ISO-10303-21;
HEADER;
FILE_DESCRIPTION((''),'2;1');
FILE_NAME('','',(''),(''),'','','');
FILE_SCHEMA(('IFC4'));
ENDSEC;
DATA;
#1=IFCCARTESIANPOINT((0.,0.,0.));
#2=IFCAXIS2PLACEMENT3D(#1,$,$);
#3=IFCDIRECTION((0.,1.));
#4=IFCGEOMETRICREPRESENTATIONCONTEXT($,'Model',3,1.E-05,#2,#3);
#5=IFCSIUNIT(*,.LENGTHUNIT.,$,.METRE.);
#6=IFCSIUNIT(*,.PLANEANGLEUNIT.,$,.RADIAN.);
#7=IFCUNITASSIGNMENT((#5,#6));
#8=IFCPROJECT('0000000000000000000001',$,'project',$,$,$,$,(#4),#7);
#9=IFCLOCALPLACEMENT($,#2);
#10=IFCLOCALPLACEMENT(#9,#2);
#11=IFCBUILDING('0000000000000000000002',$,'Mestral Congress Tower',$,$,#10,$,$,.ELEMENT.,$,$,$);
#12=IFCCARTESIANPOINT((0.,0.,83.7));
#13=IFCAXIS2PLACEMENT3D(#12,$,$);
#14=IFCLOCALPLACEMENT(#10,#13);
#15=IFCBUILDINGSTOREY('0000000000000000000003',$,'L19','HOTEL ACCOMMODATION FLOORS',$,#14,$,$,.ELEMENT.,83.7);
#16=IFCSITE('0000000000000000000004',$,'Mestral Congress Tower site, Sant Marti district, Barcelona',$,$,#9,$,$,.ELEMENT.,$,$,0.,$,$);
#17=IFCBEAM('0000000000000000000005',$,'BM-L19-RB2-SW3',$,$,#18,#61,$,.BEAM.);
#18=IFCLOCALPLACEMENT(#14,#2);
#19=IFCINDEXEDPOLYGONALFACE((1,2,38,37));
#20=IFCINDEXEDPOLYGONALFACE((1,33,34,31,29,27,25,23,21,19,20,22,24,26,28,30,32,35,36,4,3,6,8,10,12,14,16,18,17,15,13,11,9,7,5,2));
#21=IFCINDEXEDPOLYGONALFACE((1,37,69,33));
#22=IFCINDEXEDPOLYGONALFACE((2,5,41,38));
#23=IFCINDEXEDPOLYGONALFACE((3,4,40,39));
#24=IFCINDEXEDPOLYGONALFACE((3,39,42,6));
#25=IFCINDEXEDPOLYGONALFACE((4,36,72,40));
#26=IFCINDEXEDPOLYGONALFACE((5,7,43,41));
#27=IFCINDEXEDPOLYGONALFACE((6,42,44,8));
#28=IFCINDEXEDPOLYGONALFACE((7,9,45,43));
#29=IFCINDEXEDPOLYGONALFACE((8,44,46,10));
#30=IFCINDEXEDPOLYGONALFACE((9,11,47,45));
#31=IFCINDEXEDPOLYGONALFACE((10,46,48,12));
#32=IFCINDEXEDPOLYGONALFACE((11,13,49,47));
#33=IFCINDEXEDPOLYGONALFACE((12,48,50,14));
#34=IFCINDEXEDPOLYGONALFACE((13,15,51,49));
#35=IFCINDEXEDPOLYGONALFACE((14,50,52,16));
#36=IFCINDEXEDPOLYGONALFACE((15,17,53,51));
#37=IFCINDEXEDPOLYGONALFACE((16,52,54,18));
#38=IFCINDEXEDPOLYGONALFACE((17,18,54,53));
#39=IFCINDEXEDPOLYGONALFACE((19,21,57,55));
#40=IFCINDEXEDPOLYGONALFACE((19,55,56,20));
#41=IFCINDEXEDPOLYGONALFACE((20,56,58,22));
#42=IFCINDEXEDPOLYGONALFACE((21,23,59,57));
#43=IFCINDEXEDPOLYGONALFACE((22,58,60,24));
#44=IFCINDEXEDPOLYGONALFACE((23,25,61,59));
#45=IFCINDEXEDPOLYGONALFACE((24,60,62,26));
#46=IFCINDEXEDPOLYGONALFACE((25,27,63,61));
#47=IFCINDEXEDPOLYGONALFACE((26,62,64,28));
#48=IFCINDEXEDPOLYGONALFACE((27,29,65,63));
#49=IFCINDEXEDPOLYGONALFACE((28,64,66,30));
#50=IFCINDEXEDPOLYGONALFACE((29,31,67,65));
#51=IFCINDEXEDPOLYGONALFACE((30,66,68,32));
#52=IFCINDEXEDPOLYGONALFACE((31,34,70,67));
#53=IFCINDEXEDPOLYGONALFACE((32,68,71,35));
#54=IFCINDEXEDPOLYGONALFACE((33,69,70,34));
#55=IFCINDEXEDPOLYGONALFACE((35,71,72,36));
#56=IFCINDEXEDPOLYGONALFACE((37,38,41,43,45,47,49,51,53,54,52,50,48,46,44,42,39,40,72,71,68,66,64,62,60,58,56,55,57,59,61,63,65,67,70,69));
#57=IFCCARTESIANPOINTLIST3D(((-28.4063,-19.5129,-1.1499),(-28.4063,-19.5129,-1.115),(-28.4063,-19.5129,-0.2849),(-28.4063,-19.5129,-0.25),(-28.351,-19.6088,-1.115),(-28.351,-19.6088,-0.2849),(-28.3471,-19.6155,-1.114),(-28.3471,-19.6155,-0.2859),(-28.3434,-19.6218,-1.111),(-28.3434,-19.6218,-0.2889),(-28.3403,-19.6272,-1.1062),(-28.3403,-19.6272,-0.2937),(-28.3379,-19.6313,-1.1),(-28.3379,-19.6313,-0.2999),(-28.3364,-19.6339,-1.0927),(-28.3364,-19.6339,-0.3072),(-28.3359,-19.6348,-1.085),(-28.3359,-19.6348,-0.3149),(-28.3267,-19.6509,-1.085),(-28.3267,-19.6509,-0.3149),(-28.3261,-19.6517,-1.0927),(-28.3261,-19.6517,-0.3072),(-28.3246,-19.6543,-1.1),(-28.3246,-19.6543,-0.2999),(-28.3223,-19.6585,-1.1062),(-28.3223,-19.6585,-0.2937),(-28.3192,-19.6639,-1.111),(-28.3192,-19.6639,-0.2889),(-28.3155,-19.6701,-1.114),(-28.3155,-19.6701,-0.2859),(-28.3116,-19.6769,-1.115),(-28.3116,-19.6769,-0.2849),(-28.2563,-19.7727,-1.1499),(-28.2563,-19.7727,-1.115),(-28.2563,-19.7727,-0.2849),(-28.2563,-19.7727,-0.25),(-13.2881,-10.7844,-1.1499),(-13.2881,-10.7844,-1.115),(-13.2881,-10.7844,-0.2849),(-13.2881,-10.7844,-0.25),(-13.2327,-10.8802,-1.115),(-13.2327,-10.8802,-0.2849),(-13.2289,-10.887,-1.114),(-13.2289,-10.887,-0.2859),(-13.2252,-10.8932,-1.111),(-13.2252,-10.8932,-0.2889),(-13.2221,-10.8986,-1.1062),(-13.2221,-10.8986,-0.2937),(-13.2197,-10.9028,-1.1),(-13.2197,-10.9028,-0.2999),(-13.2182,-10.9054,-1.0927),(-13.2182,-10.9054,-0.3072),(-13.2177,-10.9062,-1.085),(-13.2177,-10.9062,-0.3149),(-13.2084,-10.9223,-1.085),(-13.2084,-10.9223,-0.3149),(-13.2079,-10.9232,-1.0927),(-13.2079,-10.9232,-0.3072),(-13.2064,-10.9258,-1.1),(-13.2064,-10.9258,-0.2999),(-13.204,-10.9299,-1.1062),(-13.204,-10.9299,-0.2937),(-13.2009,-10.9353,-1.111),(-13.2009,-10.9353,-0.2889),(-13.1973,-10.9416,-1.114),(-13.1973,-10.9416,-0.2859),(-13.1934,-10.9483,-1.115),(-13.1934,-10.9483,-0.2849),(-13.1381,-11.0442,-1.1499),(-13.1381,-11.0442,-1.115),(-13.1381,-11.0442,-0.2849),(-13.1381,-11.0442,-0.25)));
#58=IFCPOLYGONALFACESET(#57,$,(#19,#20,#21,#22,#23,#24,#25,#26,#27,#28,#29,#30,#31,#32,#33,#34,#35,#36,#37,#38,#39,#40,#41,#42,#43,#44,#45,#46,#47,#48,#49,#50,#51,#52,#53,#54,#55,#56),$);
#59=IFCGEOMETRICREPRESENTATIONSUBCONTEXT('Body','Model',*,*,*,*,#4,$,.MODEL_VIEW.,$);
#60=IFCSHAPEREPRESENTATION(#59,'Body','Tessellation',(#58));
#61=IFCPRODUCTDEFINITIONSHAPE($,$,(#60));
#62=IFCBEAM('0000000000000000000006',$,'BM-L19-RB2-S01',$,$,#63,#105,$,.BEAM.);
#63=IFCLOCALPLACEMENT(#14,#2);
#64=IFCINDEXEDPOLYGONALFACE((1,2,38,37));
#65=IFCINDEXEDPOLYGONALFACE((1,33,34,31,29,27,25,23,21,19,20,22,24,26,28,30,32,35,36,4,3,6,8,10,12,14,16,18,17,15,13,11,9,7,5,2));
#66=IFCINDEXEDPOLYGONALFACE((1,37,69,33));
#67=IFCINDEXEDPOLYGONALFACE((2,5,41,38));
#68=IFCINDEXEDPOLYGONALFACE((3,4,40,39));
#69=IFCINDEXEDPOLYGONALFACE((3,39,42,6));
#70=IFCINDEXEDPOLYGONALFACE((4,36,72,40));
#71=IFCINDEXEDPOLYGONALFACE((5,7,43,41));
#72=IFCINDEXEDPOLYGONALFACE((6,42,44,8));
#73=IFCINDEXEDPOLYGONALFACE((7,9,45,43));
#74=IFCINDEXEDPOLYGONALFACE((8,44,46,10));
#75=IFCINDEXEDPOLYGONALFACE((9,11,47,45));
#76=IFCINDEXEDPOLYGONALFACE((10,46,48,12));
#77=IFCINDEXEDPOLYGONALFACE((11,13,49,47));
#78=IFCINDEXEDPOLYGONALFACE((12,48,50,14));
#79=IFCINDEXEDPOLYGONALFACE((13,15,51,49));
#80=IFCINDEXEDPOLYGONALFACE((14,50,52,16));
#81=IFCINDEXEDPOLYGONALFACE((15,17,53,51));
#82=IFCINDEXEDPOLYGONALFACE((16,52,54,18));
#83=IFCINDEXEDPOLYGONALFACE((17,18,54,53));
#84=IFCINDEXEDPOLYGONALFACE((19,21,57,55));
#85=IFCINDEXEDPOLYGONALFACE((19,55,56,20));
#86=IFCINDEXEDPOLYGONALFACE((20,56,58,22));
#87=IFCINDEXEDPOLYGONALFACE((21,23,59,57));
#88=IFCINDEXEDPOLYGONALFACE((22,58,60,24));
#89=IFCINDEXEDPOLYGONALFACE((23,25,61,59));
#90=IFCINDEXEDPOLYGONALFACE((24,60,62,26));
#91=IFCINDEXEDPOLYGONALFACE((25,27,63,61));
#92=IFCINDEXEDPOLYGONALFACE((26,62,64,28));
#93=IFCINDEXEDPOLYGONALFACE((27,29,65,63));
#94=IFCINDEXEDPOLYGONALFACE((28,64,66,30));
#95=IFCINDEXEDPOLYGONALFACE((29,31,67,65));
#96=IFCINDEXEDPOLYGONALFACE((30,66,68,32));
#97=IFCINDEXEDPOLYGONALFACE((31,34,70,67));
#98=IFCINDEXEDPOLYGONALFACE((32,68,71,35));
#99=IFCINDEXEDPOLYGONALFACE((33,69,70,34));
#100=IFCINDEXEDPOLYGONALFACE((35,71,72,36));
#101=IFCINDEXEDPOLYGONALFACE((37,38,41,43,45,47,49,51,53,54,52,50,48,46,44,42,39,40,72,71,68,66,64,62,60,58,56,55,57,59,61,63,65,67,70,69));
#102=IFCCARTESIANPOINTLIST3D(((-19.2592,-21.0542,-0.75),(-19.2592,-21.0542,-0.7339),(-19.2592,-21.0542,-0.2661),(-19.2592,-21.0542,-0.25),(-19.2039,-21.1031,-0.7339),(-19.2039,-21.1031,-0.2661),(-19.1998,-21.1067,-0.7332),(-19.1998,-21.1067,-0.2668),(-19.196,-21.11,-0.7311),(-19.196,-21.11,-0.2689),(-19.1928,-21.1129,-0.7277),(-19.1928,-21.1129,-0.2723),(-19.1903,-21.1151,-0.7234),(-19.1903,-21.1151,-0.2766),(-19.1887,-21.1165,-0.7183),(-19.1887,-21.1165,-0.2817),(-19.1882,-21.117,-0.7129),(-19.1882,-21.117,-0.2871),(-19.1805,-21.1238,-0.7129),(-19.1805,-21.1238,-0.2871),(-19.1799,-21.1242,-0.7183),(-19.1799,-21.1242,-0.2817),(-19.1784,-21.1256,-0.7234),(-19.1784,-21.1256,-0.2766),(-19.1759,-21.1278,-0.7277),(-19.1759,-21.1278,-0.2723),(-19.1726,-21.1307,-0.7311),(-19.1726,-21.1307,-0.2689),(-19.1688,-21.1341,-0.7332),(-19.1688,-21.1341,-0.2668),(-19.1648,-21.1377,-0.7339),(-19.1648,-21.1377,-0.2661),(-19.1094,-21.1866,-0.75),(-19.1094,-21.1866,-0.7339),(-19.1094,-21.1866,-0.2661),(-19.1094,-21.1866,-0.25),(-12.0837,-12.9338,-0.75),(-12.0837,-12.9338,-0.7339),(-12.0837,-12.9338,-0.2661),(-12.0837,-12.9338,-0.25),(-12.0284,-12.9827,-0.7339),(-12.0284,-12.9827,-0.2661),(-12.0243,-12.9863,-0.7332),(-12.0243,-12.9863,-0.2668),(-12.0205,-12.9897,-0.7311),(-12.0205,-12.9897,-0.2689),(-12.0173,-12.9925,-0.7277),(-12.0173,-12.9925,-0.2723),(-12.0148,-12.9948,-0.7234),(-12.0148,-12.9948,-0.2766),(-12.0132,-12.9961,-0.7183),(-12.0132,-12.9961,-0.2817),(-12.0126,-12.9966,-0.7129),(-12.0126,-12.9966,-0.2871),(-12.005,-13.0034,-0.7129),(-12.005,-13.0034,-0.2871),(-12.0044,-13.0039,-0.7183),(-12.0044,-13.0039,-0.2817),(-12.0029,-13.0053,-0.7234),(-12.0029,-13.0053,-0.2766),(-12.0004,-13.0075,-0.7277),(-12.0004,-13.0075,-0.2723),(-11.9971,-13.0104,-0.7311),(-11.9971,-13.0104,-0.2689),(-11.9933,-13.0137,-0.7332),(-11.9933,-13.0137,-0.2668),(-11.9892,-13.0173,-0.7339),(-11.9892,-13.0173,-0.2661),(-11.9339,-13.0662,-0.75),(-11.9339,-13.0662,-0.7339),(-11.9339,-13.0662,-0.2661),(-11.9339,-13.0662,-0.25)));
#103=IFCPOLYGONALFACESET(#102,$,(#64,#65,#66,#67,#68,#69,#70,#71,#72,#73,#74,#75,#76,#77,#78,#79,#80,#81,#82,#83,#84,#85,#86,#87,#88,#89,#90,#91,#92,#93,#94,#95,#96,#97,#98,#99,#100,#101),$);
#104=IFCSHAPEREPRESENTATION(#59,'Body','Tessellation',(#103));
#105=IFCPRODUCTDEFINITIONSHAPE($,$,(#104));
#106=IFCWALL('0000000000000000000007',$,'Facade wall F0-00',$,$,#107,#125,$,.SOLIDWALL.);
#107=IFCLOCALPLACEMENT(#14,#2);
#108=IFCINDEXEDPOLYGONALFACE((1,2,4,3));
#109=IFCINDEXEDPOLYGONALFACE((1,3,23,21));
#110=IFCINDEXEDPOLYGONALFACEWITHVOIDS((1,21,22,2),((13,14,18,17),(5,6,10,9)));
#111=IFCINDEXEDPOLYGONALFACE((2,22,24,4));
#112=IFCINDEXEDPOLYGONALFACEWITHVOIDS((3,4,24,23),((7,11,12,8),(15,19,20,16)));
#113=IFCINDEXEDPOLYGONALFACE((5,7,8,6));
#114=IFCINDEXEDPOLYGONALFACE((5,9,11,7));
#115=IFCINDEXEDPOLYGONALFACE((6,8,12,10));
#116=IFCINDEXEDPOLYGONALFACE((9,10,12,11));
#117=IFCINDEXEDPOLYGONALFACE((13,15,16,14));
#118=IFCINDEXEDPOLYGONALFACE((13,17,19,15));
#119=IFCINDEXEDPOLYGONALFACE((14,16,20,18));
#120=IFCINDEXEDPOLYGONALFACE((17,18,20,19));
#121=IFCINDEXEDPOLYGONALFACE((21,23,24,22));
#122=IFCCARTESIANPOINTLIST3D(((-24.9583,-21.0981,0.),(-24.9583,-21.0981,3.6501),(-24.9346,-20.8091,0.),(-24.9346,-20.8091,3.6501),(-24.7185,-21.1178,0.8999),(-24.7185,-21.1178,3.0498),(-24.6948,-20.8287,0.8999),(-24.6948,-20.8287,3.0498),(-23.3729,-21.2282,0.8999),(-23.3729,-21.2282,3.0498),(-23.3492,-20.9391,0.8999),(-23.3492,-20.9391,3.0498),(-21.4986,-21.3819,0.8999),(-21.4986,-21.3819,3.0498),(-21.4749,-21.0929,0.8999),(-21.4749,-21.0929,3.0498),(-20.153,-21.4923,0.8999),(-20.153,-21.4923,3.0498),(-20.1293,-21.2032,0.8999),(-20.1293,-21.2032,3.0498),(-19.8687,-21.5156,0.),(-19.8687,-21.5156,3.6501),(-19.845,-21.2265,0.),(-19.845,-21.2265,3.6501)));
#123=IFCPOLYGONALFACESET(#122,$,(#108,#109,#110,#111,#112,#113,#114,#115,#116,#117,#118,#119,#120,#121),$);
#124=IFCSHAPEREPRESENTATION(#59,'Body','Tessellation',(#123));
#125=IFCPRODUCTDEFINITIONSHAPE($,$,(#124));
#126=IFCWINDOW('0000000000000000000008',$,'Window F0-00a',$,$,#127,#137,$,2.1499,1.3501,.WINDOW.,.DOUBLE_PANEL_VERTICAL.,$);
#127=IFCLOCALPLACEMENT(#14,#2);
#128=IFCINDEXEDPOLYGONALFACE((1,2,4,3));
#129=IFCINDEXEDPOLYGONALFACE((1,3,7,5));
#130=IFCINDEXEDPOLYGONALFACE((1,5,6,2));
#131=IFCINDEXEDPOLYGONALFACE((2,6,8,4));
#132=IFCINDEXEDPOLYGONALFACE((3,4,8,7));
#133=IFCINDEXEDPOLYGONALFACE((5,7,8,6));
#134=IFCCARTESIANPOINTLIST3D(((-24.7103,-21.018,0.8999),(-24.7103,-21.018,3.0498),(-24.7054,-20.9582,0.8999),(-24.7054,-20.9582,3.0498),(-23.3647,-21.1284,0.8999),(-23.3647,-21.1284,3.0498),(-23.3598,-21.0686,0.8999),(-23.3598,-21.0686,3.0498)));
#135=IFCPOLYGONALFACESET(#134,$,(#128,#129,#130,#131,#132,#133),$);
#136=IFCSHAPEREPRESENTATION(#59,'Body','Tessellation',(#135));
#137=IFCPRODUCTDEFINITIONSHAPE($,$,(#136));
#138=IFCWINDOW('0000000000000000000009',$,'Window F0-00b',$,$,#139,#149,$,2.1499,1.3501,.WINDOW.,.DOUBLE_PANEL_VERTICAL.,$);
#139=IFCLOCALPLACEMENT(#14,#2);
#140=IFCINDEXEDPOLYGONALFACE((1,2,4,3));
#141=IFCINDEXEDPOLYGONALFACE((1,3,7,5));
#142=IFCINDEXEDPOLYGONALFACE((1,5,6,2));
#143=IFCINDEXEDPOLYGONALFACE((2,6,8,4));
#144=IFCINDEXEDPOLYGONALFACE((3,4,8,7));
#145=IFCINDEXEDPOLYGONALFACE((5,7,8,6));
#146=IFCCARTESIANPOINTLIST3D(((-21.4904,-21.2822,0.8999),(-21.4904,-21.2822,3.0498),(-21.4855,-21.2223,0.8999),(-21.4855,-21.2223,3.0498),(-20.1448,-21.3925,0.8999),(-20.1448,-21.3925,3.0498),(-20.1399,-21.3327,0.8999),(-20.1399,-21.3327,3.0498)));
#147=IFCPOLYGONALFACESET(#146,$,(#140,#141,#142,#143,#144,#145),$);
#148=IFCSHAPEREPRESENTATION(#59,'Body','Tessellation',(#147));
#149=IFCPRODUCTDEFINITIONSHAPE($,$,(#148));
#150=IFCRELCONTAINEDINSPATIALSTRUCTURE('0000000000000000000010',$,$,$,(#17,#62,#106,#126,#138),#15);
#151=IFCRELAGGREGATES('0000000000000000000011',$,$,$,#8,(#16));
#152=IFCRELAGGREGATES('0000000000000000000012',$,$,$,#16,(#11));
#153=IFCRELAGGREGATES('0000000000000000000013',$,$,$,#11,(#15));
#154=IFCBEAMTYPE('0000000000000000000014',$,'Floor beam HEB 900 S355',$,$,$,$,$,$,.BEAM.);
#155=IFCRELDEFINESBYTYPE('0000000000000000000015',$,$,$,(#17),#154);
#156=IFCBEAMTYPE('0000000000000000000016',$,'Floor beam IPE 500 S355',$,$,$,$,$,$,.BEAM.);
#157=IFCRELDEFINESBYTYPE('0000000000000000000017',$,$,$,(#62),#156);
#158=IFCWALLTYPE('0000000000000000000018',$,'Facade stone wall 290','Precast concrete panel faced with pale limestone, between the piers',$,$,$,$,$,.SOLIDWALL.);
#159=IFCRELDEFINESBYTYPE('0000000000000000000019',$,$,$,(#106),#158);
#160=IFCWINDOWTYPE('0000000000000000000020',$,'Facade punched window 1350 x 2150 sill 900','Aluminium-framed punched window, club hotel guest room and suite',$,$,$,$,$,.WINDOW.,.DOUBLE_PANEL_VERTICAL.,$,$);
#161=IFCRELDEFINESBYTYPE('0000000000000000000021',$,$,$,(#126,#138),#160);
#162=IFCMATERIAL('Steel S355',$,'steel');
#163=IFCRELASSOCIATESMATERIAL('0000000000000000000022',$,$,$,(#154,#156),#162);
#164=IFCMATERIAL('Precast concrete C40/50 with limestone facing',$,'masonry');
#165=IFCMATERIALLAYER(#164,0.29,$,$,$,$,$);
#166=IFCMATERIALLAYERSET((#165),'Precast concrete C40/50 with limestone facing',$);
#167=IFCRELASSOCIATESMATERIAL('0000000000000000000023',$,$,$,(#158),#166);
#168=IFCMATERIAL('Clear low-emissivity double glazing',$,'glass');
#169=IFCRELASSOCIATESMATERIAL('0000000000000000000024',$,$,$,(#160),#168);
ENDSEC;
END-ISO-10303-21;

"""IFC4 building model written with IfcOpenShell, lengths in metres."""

from ifc_helpers import new_model, si_unit, direction, frame, frame_2d, origin, origin_2d, place, context, subcontext, project, spatial, rectangle, i_section, extrude, material, layer, layer_set, material_profile, profile_set, type_object, element, fill, save


model = new_model("IFC4")

# Units and contexts
model_context = context("Model", 3, precision=1e-05, world=origin(), true_north=direction((0.0, 1.0)))
body_context = subcontext(model_context, "Body", "Model", "MODEL_VIEW")
ifc_project = project(units=[si_unit("LENGTHUNIT", "METRE"), si_unit("PLANEANGLEUNIT", "RADIAN")], contexts=[model_context])

# Site, building, storey
site_placement = place(None, origin())
site = spatial("IfcSite", under=ifc_project, at=site_placement, Name="Mestral Congress Tower site, Sant Marti district, Barcelona", CompositionType="ELEMENT", RefElevation=0.0)
building_placement = place(site_placement, origin())
building = spatial("IfcBuilding", under=site, at=building_placement, Name="Mestral Congress Tower", CompositionType="ELEMENT")
storey_placement = place(building_placement, frame((0.0, 0.0, 83.7)))
storey = spatial("IfcBuildingStorey", under=building, at=storey_placement, Name="L19", Description="HOTEL ACCOMMODATION FLOORS", CompositionType="ELEMENT", Elevation=83.7)

# Beams
ifc_material_1 = material(Name="Steel S355", Category="steel")
ifc_material_profile_1 = material_profile(ifc_material_1, i_section(OverallWidth=0.3, OverallDepth=0.8999, WebThickness=0.0186, FlangeThickness=0.0349, FilletRadius=0.03, at=origin_2d()), Name="HEB 900")
ifc_profile_set_1 = profile_set([ifc_material_profile_1], Name="Steel S355")
beam_type_1 = type_object("IfcBeamType", Name="Floor beam HEB 900 S355", PredefinedType="BEAM", material=ifc_profile_set_1)
beam_1_placement = place(storey_placement, frame((-28.3313, -19.6428, -0.7), z_axis=(0.866024, 0.500002, 0.0), x_axis=(-0.500002, 0.866024, 0.0)))
element("IfcBeam", 1, at=beam_1_placement, inside=storey, type_object=beam_type_1, Name="BM-L19-RB2-SW3", PredefinedType="BEAM", context=body_context, shape_type="SweptSolid", body=[
    extrude(i_section(OverallWidth=0.3, OverallDepth=0.8999, WebThickness=0.0186, FlangeThickness=0.0349, FilletRadius=0.03, at=origin_2d()), origin(), (0.0, 0.0, 1.0), 17.457),
])
ifc_material_profile_2 = material_profile(ifc_material_1, i_section(OverallWidth=0.2, OverallDepth=0.5, WebThickness=0.0103, FlangeThickness=0.0161, FilletRadius=0.021, at=origin_2d()), Name="IPE 500")
ifc_profile_set_2 = profile_set([ifc_material_profile_2], Name="Steel S355")
beam_type_2 = type_object("IfcBeamType", Name="Floor beam IPE 500 S355", PredefinedType="BEAM", material=ifc_profile_set_2)
beam_2_placement = place(storey_placement, frame((-19.1843, -21.1204, -0.5), z_axis=(0.662167, 0.749356, 0.0), x_axis=(-0.749356, 0.662167, 0.0)))
element("IfcBeam", 2, at=beam_2_placement, inside=storey, type_object=beam_type_2, Name="BM-L19-RB2-S01", PredefinedType="BEAM", context=body_context, shape_type="SweptSolid", body=[
    extrude(i_section(OverallWidth=0.2, OverallDepth=0.5, WebThickness=0.0103, FlangeThickness=0.0161, FilletRadius=0.021, at=origin_2d()), origin(), (0.0, 0.0, 1.0), 10.8364),
])

# Wall, openings, windows
ifc_material_2 = material(Name="Precast concrete C40/50 with limestone facing", Category="masonry")
ifc_layer_1 = layer(ifc_material_2, 0.29)
ifc_layer_set_1 = layer_set([ifc_layer_1], Name="Precast concrete C40/50 with limestone facing")
wall_type_1 = type_object("IfcWallType", Name="Facade stone wall 290", Description="Precast concrete panel faced with pale limestone, between the piers", PredefinedType="SOLIDWALL", material=ifc_layer_set_1)
wall_1_placement = place(storey_placement, frame((-24.9463, -20.9536, 0.0), z_axis=(0.0, 0.0, 1.0), x_axis=(0.996653, -0.081752, 0.0)))
wall_1 = element("IfcWall", 3, at=wall_1_placement, inside=storey, type_object=wall_type_1, Name="Facade wall F0-00", PredefinedType="SOLIDWALL", context=body_context, shape_type="SweptSolid", body=[
    extrude(rectangle(XDim=5.1067, YDim=0.29, at=frame_2d((2.5532, 0.0))), origin(), (0.0, 0.0, 1.0), 3.6501),
])
opening_1_placement = place(wall_1_placement, frame((0.2405, 0.0, 0.8999)))
opening_1 = element("IfcOpeningElement", 4, at=opening_1_placement, cuts=wall_1, PredefinedType="OPENING", context=body_context, shape_type="SweptSolid", body=[
    extrude(rectangle(XDim=1.3501, YDim=2.1499, at=frame_2d((0.675, 1.075))), frame((0.0, 0.155, 0.0), z_axis=(0.0, -1.0, 0.0), x_axis=(1.0, 0.0, 0.0)), (0.0, 0.0, 1.0), 0.3101),
])
opening_2_placement = place(wall_1_placement, frame((3.4712, 0.0, 0.8999)))
opening_2 = element("IfcOpeningElement", 5, at=opening_2_placement, cuts=wall_1, PredefinedType="OPENING", context=body_context, shape_type="SweptSolid", body=[
    extrude(rectangle(XDim=1.3501, YDim=2.1499, at=frame_2d((0.675, 1.075))), frame((0.0, 0.155, 0.0), z_axis=(0.0, -1.0, 0.0), x_axis=(1.0, 0.0, 0.0)), (0.0, 0.0, 1.0), 0.3101),
])
ifc_material_3 = material(Name="Clear low-emissivity double glazing", Category="glass")
window_type_1 = type_object("IfcWindowType", Name="Facade punched window 1350 x 2150 sill 900", Description="Aluminium-framed punched window, club hotel guest room and suite", PartitioningType="DOUBLE_PANEL_VERTICAL", PredefinedType="WINDOW", material=ifc_material_3)
window_1_placement = place(opening_1_placement, origin())
window_1 = element("IfcWindow", 6, at=window_1_placement, inside=storey, type_object=window_type_1, Name="Window F0-00a", OverallHeight=2.1499, OverallWidth=1.3501, PartitioningType="DOUBLE_PANEL_VERTICAL", PredefinedType="WINDOW", context=body_context, shape_type="SweptSolid", body=[
    extrude(rectangle(XDim=1.3501, YDim=2.1499, at=frame_2d((0.675, 1.075))), frame((0.0, 0.0151, 0.0), z_axis=(0.0, -1.0, 0.0), x_axis=(1.0, 0.0, 0.0)), (0.0, 0.0, 1.0), 0.0601),
])
fill(opening_1, window_1)
window_2_placement = place(opening_2_placement, origin())
window_2 = element("IfcWindow", 7, at=window_2_placement, inside=storey, type_object=window_type_1, Name="Window F0-00b", OverallHeight=2.1499, OverallWidth=1.3501, PartitioningType="DOUBLE_PANEL_VERTICAL", PredefinedType="WINDOW", context=body_context, shape_type="SweptSolid", body=[
    extrude(rectangle(XDim=1.3501, YDim=2.1499, at=frame_2d((0.675, 1.075))), frame((0.0, 0.0151, 0.0), z_axis=(0.0, -1.0, 0.0), x_axis=(1.0, 0.0, 0.0)), (0.0, 0.0, 1.0), 0.0601),
])
fill(opening_2, window_2)

save(model, "model.ifc")
